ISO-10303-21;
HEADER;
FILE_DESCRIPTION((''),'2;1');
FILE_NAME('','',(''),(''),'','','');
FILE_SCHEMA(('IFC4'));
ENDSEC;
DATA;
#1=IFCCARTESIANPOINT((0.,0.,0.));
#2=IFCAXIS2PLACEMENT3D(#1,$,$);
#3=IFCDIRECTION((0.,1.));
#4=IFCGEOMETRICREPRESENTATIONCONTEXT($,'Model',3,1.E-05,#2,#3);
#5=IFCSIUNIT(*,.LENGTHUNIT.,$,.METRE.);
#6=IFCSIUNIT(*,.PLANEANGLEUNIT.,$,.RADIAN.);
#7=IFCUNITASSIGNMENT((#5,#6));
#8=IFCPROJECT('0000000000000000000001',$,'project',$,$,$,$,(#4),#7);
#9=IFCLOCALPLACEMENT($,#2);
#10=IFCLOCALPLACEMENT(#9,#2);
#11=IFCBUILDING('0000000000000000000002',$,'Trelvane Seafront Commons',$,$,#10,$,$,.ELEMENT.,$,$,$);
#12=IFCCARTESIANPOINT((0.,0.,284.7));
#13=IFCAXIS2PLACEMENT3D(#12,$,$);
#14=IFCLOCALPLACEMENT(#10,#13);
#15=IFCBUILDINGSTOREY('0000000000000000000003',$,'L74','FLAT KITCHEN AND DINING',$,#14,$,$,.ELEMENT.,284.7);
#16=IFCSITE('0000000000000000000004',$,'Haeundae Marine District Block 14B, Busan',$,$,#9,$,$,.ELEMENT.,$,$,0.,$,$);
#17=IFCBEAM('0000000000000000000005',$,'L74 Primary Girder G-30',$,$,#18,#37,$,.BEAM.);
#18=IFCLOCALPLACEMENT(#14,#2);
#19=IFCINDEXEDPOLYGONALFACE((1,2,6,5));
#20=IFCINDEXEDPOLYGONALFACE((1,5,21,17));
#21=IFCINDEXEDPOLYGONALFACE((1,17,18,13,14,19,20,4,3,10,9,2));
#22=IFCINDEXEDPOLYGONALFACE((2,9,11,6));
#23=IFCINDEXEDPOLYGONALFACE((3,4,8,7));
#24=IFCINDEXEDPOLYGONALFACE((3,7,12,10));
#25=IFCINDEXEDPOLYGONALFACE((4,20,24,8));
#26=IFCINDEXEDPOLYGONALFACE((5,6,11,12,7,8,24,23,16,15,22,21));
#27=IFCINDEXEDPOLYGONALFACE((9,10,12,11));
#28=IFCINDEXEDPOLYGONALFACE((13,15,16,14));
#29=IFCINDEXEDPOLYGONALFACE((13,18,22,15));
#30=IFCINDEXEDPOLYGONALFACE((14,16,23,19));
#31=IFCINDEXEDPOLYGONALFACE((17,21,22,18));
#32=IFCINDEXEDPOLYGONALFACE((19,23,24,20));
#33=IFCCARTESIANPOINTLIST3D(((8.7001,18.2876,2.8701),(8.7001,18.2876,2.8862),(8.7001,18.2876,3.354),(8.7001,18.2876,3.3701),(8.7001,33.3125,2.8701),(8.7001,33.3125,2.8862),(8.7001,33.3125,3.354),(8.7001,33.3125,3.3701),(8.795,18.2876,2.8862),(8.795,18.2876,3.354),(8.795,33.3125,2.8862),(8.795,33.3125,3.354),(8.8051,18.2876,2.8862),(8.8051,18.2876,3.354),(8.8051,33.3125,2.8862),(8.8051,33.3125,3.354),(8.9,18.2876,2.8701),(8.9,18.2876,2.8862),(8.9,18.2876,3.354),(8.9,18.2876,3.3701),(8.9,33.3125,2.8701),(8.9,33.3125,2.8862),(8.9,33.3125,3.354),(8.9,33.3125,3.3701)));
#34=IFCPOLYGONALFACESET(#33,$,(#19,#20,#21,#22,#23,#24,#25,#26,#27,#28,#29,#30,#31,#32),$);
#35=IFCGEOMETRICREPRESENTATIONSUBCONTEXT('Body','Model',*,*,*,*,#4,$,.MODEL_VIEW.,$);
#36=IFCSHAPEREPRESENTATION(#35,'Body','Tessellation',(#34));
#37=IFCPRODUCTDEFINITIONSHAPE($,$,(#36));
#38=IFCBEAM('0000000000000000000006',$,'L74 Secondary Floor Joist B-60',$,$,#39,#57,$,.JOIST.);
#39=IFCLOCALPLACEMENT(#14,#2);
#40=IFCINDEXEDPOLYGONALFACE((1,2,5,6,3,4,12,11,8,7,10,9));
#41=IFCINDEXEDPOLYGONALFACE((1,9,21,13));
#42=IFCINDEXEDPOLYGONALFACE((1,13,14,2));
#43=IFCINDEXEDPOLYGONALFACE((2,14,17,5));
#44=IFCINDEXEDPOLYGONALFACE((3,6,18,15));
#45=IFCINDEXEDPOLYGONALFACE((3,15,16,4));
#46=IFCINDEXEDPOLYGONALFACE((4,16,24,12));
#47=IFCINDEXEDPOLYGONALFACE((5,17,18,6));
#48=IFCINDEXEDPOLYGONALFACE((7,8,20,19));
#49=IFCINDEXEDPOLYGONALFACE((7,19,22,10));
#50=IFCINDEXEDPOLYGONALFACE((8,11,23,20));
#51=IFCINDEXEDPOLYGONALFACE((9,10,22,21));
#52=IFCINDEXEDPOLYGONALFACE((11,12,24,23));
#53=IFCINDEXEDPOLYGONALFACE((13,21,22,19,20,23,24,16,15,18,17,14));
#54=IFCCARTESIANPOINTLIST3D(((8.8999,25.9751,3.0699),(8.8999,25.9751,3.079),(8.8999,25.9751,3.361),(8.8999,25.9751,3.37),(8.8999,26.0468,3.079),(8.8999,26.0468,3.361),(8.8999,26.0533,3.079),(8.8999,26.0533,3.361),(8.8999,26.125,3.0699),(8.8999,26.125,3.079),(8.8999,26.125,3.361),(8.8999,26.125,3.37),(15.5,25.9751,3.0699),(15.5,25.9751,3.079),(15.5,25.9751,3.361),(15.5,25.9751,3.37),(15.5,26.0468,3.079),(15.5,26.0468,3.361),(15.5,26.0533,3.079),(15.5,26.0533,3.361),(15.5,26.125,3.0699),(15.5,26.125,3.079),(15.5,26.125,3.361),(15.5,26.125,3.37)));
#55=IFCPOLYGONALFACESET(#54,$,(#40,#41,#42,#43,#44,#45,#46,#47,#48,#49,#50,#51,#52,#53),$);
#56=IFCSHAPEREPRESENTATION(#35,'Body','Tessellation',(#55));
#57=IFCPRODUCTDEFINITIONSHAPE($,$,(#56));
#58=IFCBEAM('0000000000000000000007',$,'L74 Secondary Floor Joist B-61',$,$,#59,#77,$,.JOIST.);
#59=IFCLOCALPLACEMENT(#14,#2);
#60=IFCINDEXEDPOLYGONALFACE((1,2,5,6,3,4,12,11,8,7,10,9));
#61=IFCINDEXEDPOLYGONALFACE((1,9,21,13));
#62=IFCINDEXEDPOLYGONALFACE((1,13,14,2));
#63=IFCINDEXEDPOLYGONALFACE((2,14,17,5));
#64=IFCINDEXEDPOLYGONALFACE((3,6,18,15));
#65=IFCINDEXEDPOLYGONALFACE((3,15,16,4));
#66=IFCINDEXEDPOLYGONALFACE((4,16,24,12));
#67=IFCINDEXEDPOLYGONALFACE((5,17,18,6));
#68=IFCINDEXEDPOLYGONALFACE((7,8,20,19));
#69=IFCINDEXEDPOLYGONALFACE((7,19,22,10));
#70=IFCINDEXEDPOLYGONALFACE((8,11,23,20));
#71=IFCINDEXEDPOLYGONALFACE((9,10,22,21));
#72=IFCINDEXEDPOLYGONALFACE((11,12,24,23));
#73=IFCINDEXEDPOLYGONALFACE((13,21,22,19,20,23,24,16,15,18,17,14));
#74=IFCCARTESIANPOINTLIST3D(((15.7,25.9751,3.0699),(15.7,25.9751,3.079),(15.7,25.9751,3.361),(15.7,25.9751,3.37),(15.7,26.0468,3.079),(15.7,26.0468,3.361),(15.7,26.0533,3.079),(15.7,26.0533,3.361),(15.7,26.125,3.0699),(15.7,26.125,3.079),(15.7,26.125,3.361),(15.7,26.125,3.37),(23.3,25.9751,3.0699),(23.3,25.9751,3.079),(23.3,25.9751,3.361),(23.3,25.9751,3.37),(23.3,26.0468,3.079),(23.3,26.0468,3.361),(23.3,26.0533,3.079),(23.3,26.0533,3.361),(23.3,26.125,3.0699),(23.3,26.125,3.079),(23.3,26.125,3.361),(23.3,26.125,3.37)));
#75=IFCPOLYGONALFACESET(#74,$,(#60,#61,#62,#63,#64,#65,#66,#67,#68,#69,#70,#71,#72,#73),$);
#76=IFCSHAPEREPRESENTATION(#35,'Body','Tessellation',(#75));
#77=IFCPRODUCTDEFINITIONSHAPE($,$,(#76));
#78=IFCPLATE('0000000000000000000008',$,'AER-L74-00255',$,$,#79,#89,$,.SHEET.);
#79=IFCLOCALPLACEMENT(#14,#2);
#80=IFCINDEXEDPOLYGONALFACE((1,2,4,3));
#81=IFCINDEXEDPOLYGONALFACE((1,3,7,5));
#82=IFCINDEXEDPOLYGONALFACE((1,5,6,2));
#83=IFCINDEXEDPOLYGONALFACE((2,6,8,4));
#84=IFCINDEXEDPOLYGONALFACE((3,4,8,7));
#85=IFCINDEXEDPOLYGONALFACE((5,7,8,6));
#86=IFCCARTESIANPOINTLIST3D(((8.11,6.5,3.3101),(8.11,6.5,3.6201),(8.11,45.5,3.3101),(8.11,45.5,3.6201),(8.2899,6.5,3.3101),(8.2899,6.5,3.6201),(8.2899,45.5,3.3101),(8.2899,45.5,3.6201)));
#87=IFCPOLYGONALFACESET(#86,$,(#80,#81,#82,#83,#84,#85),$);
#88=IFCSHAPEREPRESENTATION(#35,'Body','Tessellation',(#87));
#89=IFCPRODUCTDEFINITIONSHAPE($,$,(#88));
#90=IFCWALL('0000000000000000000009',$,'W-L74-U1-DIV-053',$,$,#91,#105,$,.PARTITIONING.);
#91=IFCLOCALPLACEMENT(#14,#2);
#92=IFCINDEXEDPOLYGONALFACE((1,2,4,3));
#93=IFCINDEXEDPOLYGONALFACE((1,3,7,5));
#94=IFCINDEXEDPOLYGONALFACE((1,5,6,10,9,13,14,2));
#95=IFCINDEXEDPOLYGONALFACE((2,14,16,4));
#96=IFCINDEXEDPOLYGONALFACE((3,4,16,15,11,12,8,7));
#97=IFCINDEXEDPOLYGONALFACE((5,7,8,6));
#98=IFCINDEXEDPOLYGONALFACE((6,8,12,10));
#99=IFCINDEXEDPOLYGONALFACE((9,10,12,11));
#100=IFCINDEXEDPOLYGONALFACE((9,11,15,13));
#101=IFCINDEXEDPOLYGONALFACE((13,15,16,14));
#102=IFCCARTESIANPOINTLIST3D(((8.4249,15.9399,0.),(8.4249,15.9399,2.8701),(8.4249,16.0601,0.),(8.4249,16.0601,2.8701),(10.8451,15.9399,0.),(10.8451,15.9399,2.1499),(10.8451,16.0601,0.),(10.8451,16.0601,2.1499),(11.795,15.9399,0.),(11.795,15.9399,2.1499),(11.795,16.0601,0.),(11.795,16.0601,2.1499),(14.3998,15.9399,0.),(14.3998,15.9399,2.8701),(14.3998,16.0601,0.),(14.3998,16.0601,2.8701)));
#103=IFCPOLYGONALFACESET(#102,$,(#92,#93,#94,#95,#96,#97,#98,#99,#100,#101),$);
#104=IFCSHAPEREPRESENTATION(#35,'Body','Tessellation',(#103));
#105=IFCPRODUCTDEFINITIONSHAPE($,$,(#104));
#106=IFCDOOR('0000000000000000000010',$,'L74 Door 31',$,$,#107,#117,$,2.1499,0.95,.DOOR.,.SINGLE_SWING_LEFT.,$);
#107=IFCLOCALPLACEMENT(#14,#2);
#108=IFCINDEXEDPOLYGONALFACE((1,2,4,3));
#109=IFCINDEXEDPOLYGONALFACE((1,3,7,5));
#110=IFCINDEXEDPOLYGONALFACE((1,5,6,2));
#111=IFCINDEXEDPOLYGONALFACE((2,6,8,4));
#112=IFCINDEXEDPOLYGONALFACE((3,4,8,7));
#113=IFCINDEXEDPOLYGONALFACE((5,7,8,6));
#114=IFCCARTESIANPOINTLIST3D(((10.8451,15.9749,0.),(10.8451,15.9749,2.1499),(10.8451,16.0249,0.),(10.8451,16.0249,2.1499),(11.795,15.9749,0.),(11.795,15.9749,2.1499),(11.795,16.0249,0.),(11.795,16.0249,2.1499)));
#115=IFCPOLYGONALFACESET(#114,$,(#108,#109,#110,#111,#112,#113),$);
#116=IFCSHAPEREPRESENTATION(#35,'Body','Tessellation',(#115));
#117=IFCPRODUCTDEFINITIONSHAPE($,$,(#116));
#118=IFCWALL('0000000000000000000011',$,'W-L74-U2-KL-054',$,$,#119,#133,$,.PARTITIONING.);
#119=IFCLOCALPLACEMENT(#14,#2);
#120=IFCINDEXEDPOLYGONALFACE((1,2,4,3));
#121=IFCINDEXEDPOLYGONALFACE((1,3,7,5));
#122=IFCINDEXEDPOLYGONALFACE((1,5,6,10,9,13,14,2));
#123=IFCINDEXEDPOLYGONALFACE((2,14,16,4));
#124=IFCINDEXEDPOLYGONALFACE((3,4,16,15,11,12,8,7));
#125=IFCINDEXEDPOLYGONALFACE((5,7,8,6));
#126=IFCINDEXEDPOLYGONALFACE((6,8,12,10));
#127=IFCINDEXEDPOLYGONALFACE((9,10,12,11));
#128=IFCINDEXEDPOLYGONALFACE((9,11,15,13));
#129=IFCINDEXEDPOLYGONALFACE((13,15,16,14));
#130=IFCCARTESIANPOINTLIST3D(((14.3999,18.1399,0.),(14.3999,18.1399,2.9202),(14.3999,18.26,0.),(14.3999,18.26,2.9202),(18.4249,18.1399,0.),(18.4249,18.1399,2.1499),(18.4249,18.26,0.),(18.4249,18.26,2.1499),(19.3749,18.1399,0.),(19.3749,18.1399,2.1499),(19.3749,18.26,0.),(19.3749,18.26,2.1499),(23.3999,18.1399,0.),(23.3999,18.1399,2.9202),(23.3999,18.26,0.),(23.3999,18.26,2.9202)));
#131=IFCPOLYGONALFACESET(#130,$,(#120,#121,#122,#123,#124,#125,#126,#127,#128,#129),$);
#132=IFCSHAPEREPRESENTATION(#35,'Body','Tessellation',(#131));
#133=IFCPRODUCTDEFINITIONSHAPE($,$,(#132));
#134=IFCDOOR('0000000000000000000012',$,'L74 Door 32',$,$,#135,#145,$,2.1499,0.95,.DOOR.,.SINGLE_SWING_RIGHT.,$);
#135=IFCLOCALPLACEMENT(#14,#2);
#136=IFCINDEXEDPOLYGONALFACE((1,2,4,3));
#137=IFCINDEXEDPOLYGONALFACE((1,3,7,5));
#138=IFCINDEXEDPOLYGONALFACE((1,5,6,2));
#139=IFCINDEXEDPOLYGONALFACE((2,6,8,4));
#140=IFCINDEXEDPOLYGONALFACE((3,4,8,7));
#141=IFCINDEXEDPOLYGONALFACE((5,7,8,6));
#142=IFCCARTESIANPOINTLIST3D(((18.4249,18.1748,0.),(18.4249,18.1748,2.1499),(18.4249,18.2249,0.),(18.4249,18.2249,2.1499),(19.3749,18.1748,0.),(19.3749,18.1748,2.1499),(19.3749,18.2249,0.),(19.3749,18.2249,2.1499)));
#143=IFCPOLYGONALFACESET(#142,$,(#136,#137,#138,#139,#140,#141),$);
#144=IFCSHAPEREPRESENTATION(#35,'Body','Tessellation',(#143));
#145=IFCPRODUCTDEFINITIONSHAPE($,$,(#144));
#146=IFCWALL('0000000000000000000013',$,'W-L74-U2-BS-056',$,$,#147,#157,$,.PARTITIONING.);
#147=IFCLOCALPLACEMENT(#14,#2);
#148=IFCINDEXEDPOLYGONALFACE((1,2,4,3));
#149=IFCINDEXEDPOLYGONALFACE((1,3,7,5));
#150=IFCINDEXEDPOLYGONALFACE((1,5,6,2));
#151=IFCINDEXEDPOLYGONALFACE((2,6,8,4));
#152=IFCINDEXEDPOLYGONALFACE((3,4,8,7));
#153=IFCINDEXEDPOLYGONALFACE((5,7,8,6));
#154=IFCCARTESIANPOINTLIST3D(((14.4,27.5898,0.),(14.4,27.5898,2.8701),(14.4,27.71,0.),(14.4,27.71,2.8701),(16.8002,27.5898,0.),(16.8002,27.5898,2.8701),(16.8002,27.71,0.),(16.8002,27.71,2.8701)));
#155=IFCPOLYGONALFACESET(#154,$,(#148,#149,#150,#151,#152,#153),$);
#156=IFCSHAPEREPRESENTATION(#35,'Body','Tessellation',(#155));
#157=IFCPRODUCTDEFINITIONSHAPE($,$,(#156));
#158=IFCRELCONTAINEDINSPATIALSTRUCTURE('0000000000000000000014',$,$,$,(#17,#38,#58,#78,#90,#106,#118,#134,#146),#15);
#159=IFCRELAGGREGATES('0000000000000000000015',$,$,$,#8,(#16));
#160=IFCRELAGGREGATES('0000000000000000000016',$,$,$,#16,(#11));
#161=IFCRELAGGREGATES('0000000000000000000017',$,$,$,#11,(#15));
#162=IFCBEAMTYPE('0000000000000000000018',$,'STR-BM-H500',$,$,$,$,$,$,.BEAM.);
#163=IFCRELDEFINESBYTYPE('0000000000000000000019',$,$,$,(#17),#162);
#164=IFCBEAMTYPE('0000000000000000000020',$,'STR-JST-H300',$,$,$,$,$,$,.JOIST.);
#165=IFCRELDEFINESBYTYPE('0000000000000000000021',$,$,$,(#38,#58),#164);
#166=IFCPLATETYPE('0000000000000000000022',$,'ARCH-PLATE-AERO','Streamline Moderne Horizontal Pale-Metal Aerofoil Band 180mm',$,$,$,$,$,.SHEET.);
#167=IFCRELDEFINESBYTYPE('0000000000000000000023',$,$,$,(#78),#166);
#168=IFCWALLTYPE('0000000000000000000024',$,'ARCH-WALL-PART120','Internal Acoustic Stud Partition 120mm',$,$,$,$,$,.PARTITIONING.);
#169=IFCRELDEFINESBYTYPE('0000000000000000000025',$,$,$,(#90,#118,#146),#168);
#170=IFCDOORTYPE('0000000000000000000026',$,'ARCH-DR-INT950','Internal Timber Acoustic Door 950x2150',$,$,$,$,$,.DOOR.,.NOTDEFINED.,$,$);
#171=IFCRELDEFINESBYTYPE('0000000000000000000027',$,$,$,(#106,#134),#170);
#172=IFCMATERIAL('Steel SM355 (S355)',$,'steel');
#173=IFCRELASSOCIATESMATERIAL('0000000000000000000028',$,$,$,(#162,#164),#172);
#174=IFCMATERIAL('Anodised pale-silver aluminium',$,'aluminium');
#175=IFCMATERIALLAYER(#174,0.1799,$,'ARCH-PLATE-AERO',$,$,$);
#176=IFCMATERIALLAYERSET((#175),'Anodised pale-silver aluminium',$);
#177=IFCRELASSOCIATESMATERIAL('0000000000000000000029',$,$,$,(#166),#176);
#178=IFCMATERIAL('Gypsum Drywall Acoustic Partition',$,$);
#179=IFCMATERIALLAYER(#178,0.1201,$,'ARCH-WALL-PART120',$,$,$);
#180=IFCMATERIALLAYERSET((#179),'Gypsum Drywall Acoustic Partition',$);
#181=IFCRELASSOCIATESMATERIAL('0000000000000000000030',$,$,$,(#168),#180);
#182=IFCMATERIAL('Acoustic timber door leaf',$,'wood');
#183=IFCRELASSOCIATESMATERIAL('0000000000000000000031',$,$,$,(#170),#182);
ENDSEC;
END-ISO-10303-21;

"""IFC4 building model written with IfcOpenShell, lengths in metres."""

from ifc_helpers import new_model, si_unit, direction, frame, frame_2d, origin, origin_2d, place, context, subcontext, project, spatial, rectangle, i_section, extrude, source, transform, mapped, material, layer, layer_set, material_profile, profile_set, type_object, element, fill, save


model = new_model("IFC4")

# Units and contexts
model_context = context("Model", 3, precision=1e-05, world=origin(), true_north=direction((0.0, 1.0)))
body_context = subcontext(model_context, "Body", "Model", "MODEL_VIEW")
ifc_project = project(units=[si_unit("LENGTHUNIT", "METRE"), si_unit("PLANEANGLEUNIT", "RADIAN")], contexts=[model_context])

# Site, building, storey
site_placement = place(None, origin())
site = spatial("IfcSite", under=ifc_project, at=site_placement, Name="Haeundae Marine District Block 14B, Busan", CompositionType="ELEMENT", RefElevation=0.0)
building_placement = place(site_placement, origin())
building = spatial("IfcBuilding", under=site, at=building_placement, Name="Trelvane Seafront Commons", CompositionType="ELEMENT")
storey_placement = place(building_placement, frame((0.0, 0.0, 284.7)))
storey = spatial("IfcBuildingStorey", under=building, at=storey_placement, Name="L74", Description="FLAT KITCHEN AND DINING", CompositionType="ELEMENT", Elevation=284.7)

# Shared definitions
ifc_material_1 = material(Name="Steel SM355 (S355)", Category="steel")

# Beams
ifc_material_profile_1 = material_profile(ifc_material_1, i_section(OverallWidth=0.2, OverallDepth=0.5, WebThickness=0.01, FlangeThickness=0.0161, at=origin_2d()), Name="H-500x200x10x16")
ifc_profile_set_1 = profile_set([ifc_material_profile_1], Name="Steel SM355 (S355)")
beam_type_1 = type_object("IfcBeamType", Name="STR-BM-H500", PredefinedType="BEAM", material=ifc_profile_set_1)
shared_shape_1 = source(origin(), body_context, "Body", "SweptSolid", [
    extrude(i_section(OverallWidth=0.2, OverallDepth=0.5, WebThickness=0.01, FlangeThickness=0.0161, at=origin_2d()), origin(), (0.0, 0.0, 1.0), 15.0249),
])
beam_1_placement = place(storey_placement, frame((8.8, 18.2876, 3.1201), z_axis=(0.0, 1.0, 0.0), x_axis=(-1.0, 0.0, 0.0)))
element("IfcBeam", 1, at=beam_1_placement, inside=storey, type_object=beam_type_1, Name="L74 Primary Girder G-30", PredefinedType="BEAM", context=body_context, shape_type="MappedRepresentation", body=[
    mapped(shared_shape_1, transform((0.0, 0.0, 0.0), x_axis=(1.0, 0.0, 0.0), y_axis=(0.0, 1.0, 0.0), z_axis=(0.0, 0.0, 1.0), scale=1.0)),
])
ifc_material_profile_2 = material_profile(ifc_material_1, i_section(OverallWidth=0.1499, OverallDepth=0.3, WebThickness=0.0066, FlangeThickness=0.009, at=origin_2d()), Name="H-300x150x6.5x9")
ifc_profile_set_2 = profile_set([ifc_material_profile_2], Name="Steel SM355 (S355)")
beam_type_2 = type_object("IfcBeamType", Name="STR-JST-H300", PredefinedType="JOIST", material=ifc_profile_set_2)
shared_shape_2 = source(origin(), body_context, "Body", "SweptSolid", [
    extrude(i_section(OverallWidth=0.1499, OverallDepth=0.3, WebThickness=0.0066, FlangeThickness=0.009, at=origin_2d()), origin(), (0.0, 0.0, 1.0), 6.6001),
])
beam_2_placement = place(storey_placement, frame((8.8999, 26.05, 3.22), z_axis=(1.0, 0.0, 0.0), x_axis=(0.0, 1.0, 0.0)))
element("IfcBeam", 2, at=beam_2_placement, inside=storey, type_object=beam_type_2, Name="L74 Secondary Floor Joist B-60", PredefinedType="JOIST", context=body_context, shape_type="MappedRepresentation", body=[
    mapped(shared_shape_2, transform((0.0, 0.0, 0.0), x_axis=(1.0, 0.0, 0.0), y_axis=(0.0, 1.0, 0.0), z_axis=(0.0, 0.0, 1.0), scale=1.0)),
])
shared_shape_3 = source(origin(), body_context, "Body", "SweptSolid", [
    extrude(i_section(OverallWidth=0.1499, OverallDepth=0.3, WebThickness=0.0066, FlangeThickness=0.009, at=origin_2d()), origin(), (0.0, 0.0, 1.0), 7.6001),
])
beam_3_placement = place(storey_placement, frame((15.7, 26.05, 3.22), z_axis=(1.0, 0.0, 0.0), x_axis=(0.0, 1.0, 0.0)))
element("IfcBeam", 3, at=beam_3_placement, inside=storey, type_object=beam_type_2, Name="L74 Secondary Floor Joist B-61", PredefinedType="JOIST", context=body_context, shape_type="MappedRepresentation", body=[
    mapped(shared_shape_3, transform((0.0, 0.0, 0.0), x_axis=(1.0, 0.0, 0.0), y_axis=(0.0, 1.0, 0.0), z_axis=(0.0, 0.0, 1.0), scale=1.0)),
])

# Plate
ifc_material_2 = material(Name="Anodised pale-silver aluminium", Category="aluminium")
ifc_layer_1 = layer(ifc_material_2, 0.1799, Name="ARCH-PLATE-AERO")
ifc_layer_set_1 = layer_set([ifc_layer_1], Name="Anodised pale-silver aluminium")
plate_type = type_object("IfcPlateType", Name="ARCH-PLATE-AERO", Description="Streamline Moderne Horizontal Pale-Metal Aerofoil Band 180mm", PredefinedType="SHEET", material=ifc_layer_set_1)
shared_shape_4 = source(origin(), body_context, "Body", "SweptSolid", [
    extrude(rectangle(XDim=39.0, YDim=0.1799, at=origin_2d()), origin(), (0.0, 0.0, 1.0), 0.3101),
])
plate_placement = place(storey_placement, frame((8.2, 26.0, 3.3101), z_axis=(0.0, 0.0, 1.0), x_axis=(0.0, 1.0, 0.0)))
element("IfcPlate", 4, at=plate_placement, inside=storey, type_object=plate_type, Name="AER-L74-00255", PredefinedType="SHEET", context=body_context, shape_type="MappedRepresentation", body=[
    mapped(shared_shape_4, transform((0.0, 0.0, 0.0), x_axis=(1.0, 0.0, 0.0), y_axis=(0.0, 1.0, 0.0), z_axis=(0.0, 0.0, 1.0), scale=1.0)),
])

# Walls, openings, doors
ifc_material_3 = material(Name="Gypsum Drywall Acoustic Partition")
ifc_layer_2 = layer(ifc_material_3, 0.1201, Name="ARCH-WALL-PART120")
ifc_layer_set_2 = layer_set([ifc_layer_2], Name="Gypsum Drywall Acoustic Partition")
wall_type_1 = type_object("IfcWallType", Name="ARCH-WALL-PART120", Description="Internal Acoustic Stud Partition 120mm", PredefinedType="PARTITIONING", material=ifc_layer_set_2)
wall_1_placement = place(storey_placement, frame((8.425, 16.0, 0.0), z_axis=(0.0, 0.0, 1.0), x_axis=(1.0, 0.0, 0.0)))
wall_1 = element("IfcWall", 5, at=wall_1_placement, inside=storey, type_object=wall_type_1, Name="W-L74-U1-DIV-053", PredefinedType="PARTITIONING", context=body_context, shape_type="SweptSolid", body=[
    extrude(rectangle(XDim=5.9749, YDim=0.1201, at=frame_2d((2.9873, 0.0))), origin(), (0.0, 0.0, 1.0), 2.8701),
])
opening_1_placement = place(wall_1_placement, frame((2.4199, 0.0, 0.0)))
opening_1 = element("IfcOpeningElement", 6, at=opening_1_placement, cuts=wall_1, PredefinedType="OPENING", context=body_context, shape_type="SweptSolid", body=[
    extrude(rectangle(XDim=0.95, YDim=2.1499, at=frame_2d((0.4751, 1.075))), frame((0.0, 0.0701, 0.0), z_axis=(0.0, -1.0, 0.0), x_axis=(1.0, 0.0, 0.0)), (0.0, 0.0, 1.0), 0.1401),
])
ifc_material_4 = material(Name="Acoustic timber door leaf", Category="wood")
door_type_1 = type_object("IfcDoorType", Name="ARCH-DR-INT950", Description="Internal Timber Acoustic Door 950x2150", OperationType="NOTDEFINED", PredefinedType="DOOR", material=ifc_material_4)
shared_shape_5 = source(origin(), body_context, "Body", "SweptSolid", [
    extrude(rectangle(XDim=0.95, YDim=2.1499, at=frame_2d((0.4751, 1.075))), frame((0.0, 0.0249, 0.0), z_axis=(0.0, -1.0, 0.0), x_axis=(1.0, 0.0, 0.0)), (0.0, 0.0, 1.0), 0.05),
])
door_1_placement = place(opening_1_placement, origin())
door_1 = element("IfcDoor", 7, at=door_1_placement, inside=storey, type_object=door_type_1, Name="L74 Door 31", OperationType="SINGLE_SWING_LEFT", OverallHeight=2.1499, OverallWidth=0.95, PredefinedType="DOOR", context=body_context, shape_type="MappedRepresentation", body=[
    mapped(shared_shape_5, transform((0.0, 0.0, 0.0), x_axis=(1.0, 0.0, 0.0), y_axis=(0.0, 1.0, 0.0), z_axis=(0.0, 0.0, 1.0), scale=1.0)),
])
fill(opening_1, door_1)
wall_2_placement = place(storey_placement, frame((14.3999, 18.2, 0.0), z_axis=(0.0, 0.0, 1.0), x_axis=(1.0, 0.0, 0.0)))
wall_2 = element("IfcWall", 8, at=wall_2_placement, inside=storey, type_object=wall_type_1, Name="W-L74-U2-KL-054", PredefinedType="PARTITIONING", context=body_context, shape_type="SweptSolid", body=[
    extrude(rectangle(XDim=9.0, YDim=0.1201, at=frame_2d((4.5, 0.0))), origin(), (0.0, 0.0, 1.0), 2.9202),
])
opening_2_placement = place(wall_2_placement, frame((4.0249, 0.0, 0.0)))
opening_2 = element("IfcOpeningElement", 9, at=opening_2_placement, cuts=wall_2, PredefinedType="OPENING", context=body_context, shape_type="SweptSolid", body=[
    extrude(rectangle(XDim=0.95, YDim=2.1499, at=frame_2d((0.4751, 1.075))), frame((0.0, 0.0701, 0.0), z_axis=(0.0, -1.0, 0.0), x_axis=(1.0, 0.0, 0.0)), (0.0, 0.0, 1.0), 0.1401),
])
door_2_placement = place(opening_2_placement, origin())
door_2 = element("IfcDoor", 10, at=door_2_placement, inside=storey, type_object=door_type_1, Name="L74 Door 32", OperationType="SINGLE_SWING_RIGHT", OverallHeight=2.1499, OverallWidth=0.95, PredefinedType="DOOR", context=body_context, shape_type="MappedRepresentation", body=[
    mapped(shared_shape_5, transform((0.0, 0.0, 0.0), x_axis=(1.0, 0.0, 0.0), y_axis=(0.0, 1.0, 0.0), z_axis=(0.0, 0.0, 1.0), scale=1.0)),
])
fill(opening_2, door_2)

# Wall
wall_3_placement = place(storey_placement, frame((14.3999, 27.6499, 0.0), z_axis=(0.0, 0.0, 1.0), x_axis=(1.0, 0.0, 0.0)))
element("IfcWall", 11, at=wall_3_placement, inside=storey, type_object=wall_type_1, Name="W-L74-U2-BS-056", PredefinedType="PARTITIONING", context=body_context, shape_type="SweptSolid", body=[
    extrude(rectangle(XDim=2.4001, YDim=0.1201, at=frame_2d((1.2002, 0.0))), origin(), (0.0, 0.0, 1.0), 2.8701),
])

save(model, "model.ifc")
